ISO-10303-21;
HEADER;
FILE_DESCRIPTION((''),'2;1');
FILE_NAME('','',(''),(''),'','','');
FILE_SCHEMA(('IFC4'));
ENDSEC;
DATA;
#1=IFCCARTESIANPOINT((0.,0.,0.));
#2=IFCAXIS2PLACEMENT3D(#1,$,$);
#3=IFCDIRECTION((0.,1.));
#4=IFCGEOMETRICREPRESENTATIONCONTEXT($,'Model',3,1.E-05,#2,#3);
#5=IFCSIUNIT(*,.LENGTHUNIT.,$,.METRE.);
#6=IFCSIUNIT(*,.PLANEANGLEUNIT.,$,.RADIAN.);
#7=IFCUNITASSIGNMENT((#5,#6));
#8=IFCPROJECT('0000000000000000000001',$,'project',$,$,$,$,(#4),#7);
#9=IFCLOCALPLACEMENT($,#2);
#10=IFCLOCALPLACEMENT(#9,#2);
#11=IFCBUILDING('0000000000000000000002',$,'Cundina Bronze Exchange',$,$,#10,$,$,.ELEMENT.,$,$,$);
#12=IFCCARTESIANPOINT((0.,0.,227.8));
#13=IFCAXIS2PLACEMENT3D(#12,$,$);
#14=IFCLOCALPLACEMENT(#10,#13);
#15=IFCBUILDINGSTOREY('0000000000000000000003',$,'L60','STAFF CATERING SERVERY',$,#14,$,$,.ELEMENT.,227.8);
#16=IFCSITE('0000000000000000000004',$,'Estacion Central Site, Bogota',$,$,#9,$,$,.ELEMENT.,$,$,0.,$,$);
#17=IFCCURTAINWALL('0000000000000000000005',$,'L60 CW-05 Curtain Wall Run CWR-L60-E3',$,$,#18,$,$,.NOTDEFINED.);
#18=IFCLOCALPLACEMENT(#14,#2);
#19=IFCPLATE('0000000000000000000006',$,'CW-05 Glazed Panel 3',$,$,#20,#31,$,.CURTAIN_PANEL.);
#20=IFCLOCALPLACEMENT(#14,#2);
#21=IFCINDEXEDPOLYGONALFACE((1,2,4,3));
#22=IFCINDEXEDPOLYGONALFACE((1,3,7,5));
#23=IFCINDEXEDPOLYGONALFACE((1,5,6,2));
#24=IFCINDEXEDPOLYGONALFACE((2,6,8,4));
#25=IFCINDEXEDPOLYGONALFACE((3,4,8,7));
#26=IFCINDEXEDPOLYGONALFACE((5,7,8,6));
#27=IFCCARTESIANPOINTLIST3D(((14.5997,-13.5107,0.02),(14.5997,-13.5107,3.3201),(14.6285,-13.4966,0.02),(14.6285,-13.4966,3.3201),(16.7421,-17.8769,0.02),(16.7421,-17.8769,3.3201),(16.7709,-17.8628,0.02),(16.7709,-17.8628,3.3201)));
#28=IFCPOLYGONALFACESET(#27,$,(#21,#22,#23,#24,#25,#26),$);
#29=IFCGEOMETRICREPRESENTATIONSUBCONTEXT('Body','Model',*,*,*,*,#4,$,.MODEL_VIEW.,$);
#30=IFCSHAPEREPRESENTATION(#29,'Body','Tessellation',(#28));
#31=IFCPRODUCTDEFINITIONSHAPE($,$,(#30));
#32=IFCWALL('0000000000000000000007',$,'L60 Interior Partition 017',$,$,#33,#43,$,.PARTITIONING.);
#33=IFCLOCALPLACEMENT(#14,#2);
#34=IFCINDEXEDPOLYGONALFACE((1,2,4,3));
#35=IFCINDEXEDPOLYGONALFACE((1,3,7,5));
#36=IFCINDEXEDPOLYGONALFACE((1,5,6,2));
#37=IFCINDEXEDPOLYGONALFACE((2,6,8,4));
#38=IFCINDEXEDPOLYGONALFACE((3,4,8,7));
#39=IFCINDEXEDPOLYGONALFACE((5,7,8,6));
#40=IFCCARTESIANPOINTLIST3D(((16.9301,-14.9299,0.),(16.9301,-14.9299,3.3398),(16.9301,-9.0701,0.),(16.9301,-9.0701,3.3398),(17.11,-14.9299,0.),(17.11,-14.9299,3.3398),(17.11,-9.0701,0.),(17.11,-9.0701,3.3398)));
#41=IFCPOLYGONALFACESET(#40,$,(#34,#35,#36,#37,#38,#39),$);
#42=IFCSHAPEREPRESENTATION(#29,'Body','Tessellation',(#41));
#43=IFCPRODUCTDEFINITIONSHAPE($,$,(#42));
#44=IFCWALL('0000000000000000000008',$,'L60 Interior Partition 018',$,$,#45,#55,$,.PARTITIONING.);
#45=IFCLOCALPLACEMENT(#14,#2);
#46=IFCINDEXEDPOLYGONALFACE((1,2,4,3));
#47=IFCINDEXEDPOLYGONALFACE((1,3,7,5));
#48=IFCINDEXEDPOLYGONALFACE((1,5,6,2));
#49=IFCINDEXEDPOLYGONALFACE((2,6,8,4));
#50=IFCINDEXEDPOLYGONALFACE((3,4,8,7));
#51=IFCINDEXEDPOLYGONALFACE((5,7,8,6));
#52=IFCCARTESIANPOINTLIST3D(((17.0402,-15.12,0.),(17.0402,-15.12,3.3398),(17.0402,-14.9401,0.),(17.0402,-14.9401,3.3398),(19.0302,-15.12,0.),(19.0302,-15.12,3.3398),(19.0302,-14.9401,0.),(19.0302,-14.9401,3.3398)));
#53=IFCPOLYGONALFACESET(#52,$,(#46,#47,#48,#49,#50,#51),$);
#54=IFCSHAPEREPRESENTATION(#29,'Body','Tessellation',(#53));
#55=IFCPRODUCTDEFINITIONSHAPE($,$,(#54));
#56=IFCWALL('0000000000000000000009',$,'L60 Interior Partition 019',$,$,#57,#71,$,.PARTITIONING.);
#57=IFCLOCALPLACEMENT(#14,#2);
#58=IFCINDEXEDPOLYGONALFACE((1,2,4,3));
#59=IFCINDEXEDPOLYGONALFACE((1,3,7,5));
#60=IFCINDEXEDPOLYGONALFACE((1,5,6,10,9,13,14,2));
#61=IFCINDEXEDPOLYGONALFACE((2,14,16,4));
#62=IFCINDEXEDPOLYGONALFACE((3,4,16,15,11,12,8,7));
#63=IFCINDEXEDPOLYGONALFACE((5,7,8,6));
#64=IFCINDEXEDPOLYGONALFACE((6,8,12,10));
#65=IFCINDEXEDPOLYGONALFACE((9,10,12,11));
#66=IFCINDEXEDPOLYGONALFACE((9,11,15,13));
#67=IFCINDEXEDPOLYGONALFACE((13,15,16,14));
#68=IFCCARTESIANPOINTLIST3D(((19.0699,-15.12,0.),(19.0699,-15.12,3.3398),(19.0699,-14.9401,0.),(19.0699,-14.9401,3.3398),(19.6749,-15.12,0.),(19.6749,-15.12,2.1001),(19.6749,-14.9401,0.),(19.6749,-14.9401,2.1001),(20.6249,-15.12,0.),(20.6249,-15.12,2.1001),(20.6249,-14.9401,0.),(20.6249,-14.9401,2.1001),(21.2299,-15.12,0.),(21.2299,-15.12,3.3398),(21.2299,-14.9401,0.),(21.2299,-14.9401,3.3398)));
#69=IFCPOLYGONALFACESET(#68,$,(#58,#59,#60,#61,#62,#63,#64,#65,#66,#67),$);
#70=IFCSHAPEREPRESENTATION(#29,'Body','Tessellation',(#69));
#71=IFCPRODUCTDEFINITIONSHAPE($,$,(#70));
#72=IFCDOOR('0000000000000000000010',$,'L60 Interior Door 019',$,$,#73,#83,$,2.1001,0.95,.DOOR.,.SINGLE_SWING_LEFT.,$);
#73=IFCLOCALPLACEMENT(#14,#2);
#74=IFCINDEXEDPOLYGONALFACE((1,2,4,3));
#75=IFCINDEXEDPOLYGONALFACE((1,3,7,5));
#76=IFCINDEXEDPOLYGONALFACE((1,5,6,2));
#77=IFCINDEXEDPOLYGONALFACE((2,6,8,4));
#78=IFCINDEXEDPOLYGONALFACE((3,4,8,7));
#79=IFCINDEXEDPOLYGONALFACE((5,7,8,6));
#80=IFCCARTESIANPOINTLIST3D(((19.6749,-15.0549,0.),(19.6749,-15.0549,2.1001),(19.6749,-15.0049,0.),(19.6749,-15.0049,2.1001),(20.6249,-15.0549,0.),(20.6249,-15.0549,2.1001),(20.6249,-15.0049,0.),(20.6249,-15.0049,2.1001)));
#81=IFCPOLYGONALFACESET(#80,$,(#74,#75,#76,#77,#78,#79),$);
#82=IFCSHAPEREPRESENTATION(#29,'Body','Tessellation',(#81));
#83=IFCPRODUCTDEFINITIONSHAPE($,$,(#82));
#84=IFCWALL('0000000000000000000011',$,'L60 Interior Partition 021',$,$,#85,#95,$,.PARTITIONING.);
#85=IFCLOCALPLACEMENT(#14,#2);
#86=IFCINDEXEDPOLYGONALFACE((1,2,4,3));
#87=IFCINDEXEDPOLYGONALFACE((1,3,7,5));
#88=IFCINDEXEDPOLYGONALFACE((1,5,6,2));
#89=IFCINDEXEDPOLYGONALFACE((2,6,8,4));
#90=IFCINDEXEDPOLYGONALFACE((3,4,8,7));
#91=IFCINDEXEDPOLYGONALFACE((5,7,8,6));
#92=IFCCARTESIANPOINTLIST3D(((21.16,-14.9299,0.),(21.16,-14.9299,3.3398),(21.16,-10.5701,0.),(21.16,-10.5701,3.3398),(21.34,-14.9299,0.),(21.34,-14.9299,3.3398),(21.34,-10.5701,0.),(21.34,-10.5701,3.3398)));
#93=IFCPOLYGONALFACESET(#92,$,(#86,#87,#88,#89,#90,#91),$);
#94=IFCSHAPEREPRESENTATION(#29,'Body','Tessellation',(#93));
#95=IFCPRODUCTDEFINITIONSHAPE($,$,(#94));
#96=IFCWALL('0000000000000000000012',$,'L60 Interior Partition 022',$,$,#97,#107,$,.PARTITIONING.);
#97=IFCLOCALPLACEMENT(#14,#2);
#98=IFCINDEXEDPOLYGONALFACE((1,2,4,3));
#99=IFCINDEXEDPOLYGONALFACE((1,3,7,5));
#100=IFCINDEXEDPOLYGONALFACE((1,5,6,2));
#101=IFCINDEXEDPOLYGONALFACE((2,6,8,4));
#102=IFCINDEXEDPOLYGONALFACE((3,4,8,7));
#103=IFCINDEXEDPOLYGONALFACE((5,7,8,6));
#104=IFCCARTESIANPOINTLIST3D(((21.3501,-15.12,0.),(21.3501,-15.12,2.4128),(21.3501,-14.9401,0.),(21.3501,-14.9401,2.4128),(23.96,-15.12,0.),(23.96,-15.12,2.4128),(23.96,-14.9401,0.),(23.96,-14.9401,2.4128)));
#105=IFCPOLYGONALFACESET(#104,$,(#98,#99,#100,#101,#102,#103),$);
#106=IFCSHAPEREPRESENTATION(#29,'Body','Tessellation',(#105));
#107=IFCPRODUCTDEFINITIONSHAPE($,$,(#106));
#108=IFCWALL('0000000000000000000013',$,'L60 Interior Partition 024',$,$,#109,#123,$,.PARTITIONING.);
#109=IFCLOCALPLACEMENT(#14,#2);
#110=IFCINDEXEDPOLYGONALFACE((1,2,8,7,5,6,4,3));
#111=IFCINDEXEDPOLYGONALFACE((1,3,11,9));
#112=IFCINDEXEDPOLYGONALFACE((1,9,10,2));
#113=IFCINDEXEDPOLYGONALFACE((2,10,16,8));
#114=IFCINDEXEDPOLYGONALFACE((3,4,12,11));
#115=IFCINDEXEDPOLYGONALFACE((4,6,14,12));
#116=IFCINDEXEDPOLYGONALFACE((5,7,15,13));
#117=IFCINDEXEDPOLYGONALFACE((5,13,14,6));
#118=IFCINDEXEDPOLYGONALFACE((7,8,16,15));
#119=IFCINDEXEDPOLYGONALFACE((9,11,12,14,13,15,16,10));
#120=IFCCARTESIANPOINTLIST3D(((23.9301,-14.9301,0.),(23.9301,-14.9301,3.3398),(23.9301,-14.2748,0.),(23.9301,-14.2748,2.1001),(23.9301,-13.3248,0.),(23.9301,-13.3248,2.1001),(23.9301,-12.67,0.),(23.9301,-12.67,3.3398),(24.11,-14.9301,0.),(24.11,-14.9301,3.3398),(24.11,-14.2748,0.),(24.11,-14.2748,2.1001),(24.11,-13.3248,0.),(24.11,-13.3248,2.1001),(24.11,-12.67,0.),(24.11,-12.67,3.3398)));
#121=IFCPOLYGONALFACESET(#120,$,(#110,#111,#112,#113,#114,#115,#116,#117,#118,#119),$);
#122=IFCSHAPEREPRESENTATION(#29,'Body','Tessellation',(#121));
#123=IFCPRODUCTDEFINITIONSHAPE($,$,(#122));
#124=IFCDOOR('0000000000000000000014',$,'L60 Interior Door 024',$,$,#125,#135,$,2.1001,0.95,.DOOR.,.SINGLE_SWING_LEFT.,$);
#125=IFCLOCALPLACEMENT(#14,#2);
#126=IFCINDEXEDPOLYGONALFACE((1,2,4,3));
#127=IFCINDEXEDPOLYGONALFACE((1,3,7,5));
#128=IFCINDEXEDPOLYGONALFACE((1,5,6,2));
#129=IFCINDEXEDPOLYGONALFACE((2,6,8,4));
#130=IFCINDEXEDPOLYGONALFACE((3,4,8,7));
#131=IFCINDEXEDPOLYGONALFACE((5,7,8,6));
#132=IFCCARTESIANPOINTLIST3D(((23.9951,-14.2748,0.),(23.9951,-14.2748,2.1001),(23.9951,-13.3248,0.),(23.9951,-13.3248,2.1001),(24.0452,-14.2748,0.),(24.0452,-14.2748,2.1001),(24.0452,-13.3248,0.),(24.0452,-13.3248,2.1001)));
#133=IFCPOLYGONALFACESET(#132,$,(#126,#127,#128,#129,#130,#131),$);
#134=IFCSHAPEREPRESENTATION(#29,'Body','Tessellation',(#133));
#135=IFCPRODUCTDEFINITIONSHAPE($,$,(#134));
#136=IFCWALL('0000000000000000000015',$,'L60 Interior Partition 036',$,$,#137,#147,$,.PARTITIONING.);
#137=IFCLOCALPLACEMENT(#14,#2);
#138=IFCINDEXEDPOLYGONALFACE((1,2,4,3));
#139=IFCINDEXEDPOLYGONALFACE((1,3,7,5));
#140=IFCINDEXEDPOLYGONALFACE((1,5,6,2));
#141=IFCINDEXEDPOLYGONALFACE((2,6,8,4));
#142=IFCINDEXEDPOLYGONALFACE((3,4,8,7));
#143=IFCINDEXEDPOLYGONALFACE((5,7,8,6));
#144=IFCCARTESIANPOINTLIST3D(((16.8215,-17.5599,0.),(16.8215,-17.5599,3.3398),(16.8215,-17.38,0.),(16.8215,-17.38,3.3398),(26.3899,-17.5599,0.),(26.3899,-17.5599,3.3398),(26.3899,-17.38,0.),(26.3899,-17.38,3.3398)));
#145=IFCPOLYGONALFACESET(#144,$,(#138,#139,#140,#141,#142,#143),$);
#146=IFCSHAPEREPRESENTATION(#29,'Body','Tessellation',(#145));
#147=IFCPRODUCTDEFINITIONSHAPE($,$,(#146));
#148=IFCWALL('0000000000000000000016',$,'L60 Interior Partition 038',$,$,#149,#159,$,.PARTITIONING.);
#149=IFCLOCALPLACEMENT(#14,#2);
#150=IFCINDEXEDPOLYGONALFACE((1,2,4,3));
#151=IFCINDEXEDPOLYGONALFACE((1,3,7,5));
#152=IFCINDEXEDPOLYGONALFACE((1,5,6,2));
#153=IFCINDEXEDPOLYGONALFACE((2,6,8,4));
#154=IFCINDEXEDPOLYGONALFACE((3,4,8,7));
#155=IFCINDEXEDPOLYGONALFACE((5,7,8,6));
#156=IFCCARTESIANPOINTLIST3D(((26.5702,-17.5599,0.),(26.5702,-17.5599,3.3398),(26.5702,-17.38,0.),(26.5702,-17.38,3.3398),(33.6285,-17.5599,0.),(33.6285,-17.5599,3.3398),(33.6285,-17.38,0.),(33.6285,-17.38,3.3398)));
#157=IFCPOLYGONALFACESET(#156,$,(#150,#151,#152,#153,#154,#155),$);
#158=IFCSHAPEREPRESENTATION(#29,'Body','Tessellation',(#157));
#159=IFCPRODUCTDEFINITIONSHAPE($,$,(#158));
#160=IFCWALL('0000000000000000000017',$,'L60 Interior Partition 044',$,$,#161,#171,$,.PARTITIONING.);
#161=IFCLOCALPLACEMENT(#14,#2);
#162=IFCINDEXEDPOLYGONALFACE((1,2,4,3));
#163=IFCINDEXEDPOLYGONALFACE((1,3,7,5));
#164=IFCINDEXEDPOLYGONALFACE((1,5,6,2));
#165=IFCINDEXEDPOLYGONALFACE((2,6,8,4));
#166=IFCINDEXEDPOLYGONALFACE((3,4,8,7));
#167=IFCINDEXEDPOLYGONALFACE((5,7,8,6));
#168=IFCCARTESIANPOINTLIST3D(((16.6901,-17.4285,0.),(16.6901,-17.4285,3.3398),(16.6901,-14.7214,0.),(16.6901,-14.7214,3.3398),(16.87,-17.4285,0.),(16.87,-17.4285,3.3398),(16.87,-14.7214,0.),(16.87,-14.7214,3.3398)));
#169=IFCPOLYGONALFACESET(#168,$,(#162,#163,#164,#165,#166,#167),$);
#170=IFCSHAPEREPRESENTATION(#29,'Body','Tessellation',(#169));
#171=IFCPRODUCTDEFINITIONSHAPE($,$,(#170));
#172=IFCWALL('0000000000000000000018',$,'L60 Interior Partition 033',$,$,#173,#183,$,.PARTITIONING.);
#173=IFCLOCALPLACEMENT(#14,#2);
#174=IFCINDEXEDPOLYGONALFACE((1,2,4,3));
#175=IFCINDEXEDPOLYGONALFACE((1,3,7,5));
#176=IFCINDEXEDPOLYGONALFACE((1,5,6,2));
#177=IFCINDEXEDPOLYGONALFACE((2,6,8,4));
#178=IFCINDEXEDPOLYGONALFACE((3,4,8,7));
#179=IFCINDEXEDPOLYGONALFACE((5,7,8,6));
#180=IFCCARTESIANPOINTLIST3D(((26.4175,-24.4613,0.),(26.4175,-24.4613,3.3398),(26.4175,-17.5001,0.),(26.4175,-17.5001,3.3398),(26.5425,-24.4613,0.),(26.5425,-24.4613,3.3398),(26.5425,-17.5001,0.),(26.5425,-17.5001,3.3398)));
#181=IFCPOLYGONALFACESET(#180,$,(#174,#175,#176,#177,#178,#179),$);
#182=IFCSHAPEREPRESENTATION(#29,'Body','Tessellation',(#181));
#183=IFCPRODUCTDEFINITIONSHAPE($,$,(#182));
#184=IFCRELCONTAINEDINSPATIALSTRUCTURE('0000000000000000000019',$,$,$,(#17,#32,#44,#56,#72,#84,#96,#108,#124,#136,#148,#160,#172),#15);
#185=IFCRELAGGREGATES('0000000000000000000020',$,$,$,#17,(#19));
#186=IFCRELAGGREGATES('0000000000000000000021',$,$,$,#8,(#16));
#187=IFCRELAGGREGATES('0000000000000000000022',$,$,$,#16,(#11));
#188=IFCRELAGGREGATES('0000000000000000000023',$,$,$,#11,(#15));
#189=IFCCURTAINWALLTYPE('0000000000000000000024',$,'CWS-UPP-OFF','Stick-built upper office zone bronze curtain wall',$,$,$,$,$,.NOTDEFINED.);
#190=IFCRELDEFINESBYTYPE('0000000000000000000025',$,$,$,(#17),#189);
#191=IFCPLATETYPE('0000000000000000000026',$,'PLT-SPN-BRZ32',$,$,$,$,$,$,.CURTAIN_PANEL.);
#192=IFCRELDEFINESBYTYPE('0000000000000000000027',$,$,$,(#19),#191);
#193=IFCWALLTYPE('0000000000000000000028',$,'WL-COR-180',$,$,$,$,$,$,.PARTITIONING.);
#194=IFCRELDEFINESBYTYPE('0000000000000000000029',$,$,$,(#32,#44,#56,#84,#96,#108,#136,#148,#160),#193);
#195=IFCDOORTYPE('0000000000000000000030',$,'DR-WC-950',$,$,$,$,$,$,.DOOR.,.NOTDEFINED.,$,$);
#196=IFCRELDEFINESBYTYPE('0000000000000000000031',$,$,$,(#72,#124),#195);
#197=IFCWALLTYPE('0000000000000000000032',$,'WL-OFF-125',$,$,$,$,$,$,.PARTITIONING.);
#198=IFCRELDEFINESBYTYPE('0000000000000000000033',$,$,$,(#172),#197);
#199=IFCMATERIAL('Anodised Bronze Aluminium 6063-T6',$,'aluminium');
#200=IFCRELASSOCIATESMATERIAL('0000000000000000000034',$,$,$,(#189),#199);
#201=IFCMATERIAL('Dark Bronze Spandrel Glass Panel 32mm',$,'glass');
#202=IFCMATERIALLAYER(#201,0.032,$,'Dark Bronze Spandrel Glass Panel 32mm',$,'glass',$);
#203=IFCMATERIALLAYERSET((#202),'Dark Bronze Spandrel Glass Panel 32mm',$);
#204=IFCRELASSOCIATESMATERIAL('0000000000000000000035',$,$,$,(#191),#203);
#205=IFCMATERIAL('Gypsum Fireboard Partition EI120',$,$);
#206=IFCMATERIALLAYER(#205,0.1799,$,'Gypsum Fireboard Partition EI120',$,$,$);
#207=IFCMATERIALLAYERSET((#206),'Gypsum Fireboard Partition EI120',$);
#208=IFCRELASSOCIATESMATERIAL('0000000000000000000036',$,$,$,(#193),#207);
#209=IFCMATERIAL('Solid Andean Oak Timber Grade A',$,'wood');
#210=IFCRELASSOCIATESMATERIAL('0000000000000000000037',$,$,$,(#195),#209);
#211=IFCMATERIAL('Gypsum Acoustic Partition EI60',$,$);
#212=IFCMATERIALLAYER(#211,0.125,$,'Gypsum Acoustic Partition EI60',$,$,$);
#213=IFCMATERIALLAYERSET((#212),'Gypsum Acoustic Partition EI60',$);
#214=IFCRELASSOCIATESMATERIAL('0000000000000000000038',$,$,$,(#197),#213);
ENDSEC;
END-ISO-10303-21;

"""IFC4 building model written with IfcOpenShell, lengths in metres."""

from ifc_helpers import new_model, si_unit, direction, frame, frame_2d, origin, origin_2d, place, context, subcontext, project, spatial, rectangle, extrude, material, layer, layer_set, type_object, element, fill, aggregate, save


model = new_model("IFC4")

# Units and contexts
model_context = context("Model", 3, precision=1e-05, world=origin(), true_north=direction((0.0, 1.0)))
body_context = subcontext(model_context, "Body", "Model", "MODEL_VIEW")
ifc_project = project(units=[si_unit("LENGTHUNIT", "METRE"), si_unit("PLANEANGLEUNIT", "RADIAN")], contexts=[model_context])

# Site, building, storey
site_placement = place(None, origin())
site = spatial("IfcSite", under=ifc_project, at=site_placement, Name="Estacion Central Site, Bogota", CompositionType="ELEMENT", RefElevation=0.0)
building_placement = place(site_placement, origin())
building = spatial("IfcBuilding", under=site, at=building_placement, Name="Cundina Bronze Exchange", CompositionType="ELEMENT")
storey_placement = place(building_placement, frame((0.0, 0.0, 227.8)))
storey = spatial("IfcBuildingStorey", under=building, at=storey_placement, Name="L60", Description="STAFF CATERING SERVERY", CompositionType="ELEMENT", Elevation=227.8)

# Curtain wall, plate
ifc_material_1 = material(Name="Anodised Bronze Aluminium 6063-T6", Category="aluminium")
curtain_wall_type = type_object("IfcCurtainWallType", Name="CWS-UPP-OFF", Description="Stick-built upper office zone bronze curtain wall", PredefinedType="NOTDEFINED", material=ifc_material_1)
curtain_wall_placement = place(storey_placement, origin())
curtain_wall = element("IfcCurtainWall", 1, at=curtain_wall_placement, inside=storey, type_object=curtain_wall_type, Name="L60 CW-05 Curtain Wall Run CWR-L60-E3", PredefinedType="NOTDEFINED")
ifc_material_2 = material(Name="Dark Bronze Spandrel Glass Panel 32mm", Category="glass")
ifc_layer_1 = layer(ifc_material_2, 0.032, Name="Dark Bronze Spandrel Glass Panel 32mm", Category="glass")
ifc_layer_set_1 = layer_set([ifc_layer_1], Name="Dark Bronze Spandrel Glass Panel 32mm")
plate_type_1 = type_object("IfcPlateType", Name="PLT-SPN-BRZ32", PredefinedType="CURTAIN_PANEL", material=ifc_layer_set_1)
plate_1_placement = place(storey_placement, frame((15.6853, -15.6868, 0.02), z_axis=(0.0, 0.0, 1.0), x_axis=(0.440503, -0.897751, 0.0)))
plate_1 = element("IfcPlate", 2, at=plate_1_placement, type_object=plate_type_1, Name="CW-05 Glazed Panel 3", PredefinedType="CURTAIN_PANEL", context=body_context, shape_type="SweptSolid", body=[
    extrude(rectangle(XDim=4.8635, YDim=0.032, at=origin_2d()), origin(), (0.0, 0.0, 1.0), 3.3),
])
aggregate(curtain_wall, [plate_1])

# Walls
ifc_material_3 = material(Name="Gypsum Fireboard Partition EI120")
ifc_layer_2 = layer(ifc_material_3, 0.1799, Name="Gypsum Fireboard Partition EI120")
ifc_layer_set_2 = layer_set([ifc_layer_2], Name="Gypsum Fireboard Partition EI120")
wall_type_1 = type_object("IfcWallType", Name="WL-COR-180", PredefinedType="PARTITIONING", material=ifc_layer_set_2)
wall_1_placement = place(storey_placement, frame((17.02, -14.9299, 0.0), z_axis=(0.0, 0.0, 1.0), x_axis=(0.0, 1.0, 0.0)))
element("IfcWall", 3, at=wall_1_placement, inside=storey, type_object=wall_type_1, Name="L60 Interior Partition 017", PredefinedType="PARTITIONING", context=body_context, shape_type="SweptSolid", body=[
    extrude(rectangle(XDim=5.8599, YDim=0.1799, at=frame_2d((2.9299, 0.0))), origin(), (0.0, 0.0, 1.0), 3.3398),
])
wall_2_placement = place(storey_placement, frame((17.04, -15.03, 0.0), z_axis=(0.0, 0.0, 1.0), x_axis=(1.0, 0.0, 0.0)))
element("IfcWall", 4, at=wall_2_placement, inside=storey, type_object=wall_type_1, Name="L60 Interior Partition 018", PredefinedType="PARTITIONING", context=body_context, shape_type="SweptSolid", body=[
    extrude(rectangle(XDim=1.99, YDim=0.1799, at=frame_2d((0.9951, 0.0))), origin(), (0.0, 0.0, 1.0), 3.3398),
])

# Wall, opening, door
wall_3_placement = place(storey_placement, frame((21.23, -15.03, 0.0), z_axis=(0.0, 0.0, 1.0), x_axis=(-1.0, 0.0, 0.0)))
wall_3 = element("IfcWall", 5, at=wall_3_placement, inside=storey, type_object=wall_type_1, Name="L60 Interior Partition 019", PredefinedType="PARTITIONING", context=body_context, shape_type="SweptSolid", body=[
    extrude(rectangle(XDim=2.1599, YDim=0.1799, at=frame_2d((1.0801, 0.0))), origin(), (0.0, 0.0, 1.0), 3.3398),
])
opening_1_placement = place(wall_3_placement, frame((0.605, 0.0, 0.0)))
opening_1 = element("IfcOpeningElement", 6, at=opening_1_placement, cuts=wall_3, PredefinedType="OPENING", context=body_context, shape_type="SweptSolid", body=[
    extrude(rectangle(XDim=0.95, YDim=2.1001, at=frame_2d((0.4751, 1.05))), frame((0.0, 0.0999, 0.0), z_axis=(0.0, -1.0, 0.0), x_axis=(1.0, 0.0, 0.0)), (0.0, 0.0, 1.0), 0.2),
])
ifc_material_4 = material(Name="Solid Andean Oak Timber Grade A", Category="wood")
door_type = type_object("IfcDoorType", Name="DR-WC-950", OperationType="NOTDEFINED", PredefinedType="DOOR", material=ifc_material_4)
door_1_placement = place(opening_1_placement, origin())
door_1 = element("IfcDoor", 7, at=door_1_placement, inside=storey, type_object=door_type, Name="L60 Interior Door 019", OperationType="SINGLE_SWING_LEFT", OverallHeight=2.1001, OverallWidth=0.95, PredefinedType="DOOR", context=body_context, shape_type="SweptSolid", body=[
    extrude(rectangle(XDim=0.95, YDim=2.1001, at=frame_2d((0.4751, 1.05))), frame((0.0, 0.0249, 0.0), z_axis=(0.0, -1.0, 0.0), x_axis=(1.0, 0.0, 0.0)), (0.0, 0.0, 1.0), 0.05),
])
fill(opening_1, door_1)

# Walls
wall_4_placement = place(storey_placement, frame((21.25, -14.9299, 0.0), z_axis=(0.0, 0.0, 1.0), x_axis=(0.0, 1.0, 0.0)))
element("IfcWall", 8, at=wall_4_placement, inside=storey, type_object=wall_type_1, Name="L60 Interior Partition 021", PredefinedType="PARTITIONING", context=body_context, shape_type="SweptSolid", body=[
    extrude(rectangle(XDim=4.3599, YDim=0.1799, at=frame_2d((2.1799, 0.0))), origin(), (0.0, 0.0, 1.0), 3.3398),
])
wall_5_placement = place(storey_placement, frame((21.3501, -15.03, 0.0), z_axis=(0.0, 0.0, 1.0), x_axis=(1.0, 0.0, 0.0)))
element("IfcWall", 9, at=wall_5_placement, inside=storey, type_object=wall_type_1, Name="L60 Interior Partition 022", PredefinedType="PARTITIONING", context=body_context, shape_type="SweptSolid", body=[
    extrude(rectangle(XDim=2.6099, YDim=0.1799, at=frame_2d((1.3049, 0.0))), origin(), (0.0, 0.0, 1.0), 2.4128),
])

# Wall, opening, door
wall_6_placement = place(storey_placement, frame((24.02, -14.9299, 0.0), z_axis=(0.0, 0.0, 1.0), x_axis=(0.0, 1.0, 0.0)))
wall_6 = element("IfcWall", 10, at=wall_6_placement, inside=storey, type_object=wall_type_1, Name="L60 Interior Partition 024", PredefinedType="PARTITIONING", context=body_context, shape_type="SweptSolid", body=[
    extrude(rectangle(XDim=2.26, YDim=0.1799, at=frame_2d((1.1299, 0.0))), origin(), (0.0, 0.0, 1.0), 3.3398),
])
opening_2_placement = place(wall_6_placement, frame((0.655, 0.0, 0.0)))
opening_2 = element("IfcOpeningElement", 11, at=opening_2_placement, cuts=wall_6, PredefinedType="OPENING", context=body_context, shape_type="SweptSolid", body=[
    extrude(rectangle(XDim=0.95, YDim=2.1001, at=frame_2d((0.4751, 1.05))), frame((0.0, 0.0999, 0.0), z_axis=(0.0, -1.0, 0.0), x_axis=(1.0, 0.0, 0.0)), (0.0, 0.0, 1.0), 0.2),
])
door_2_placement = place(opening_2_placement, origin())
door_2 = element("IfcDoor", 12, at=door_2_placement, inside=storey, type_object=door_type, Name="L60 Interior Door 024", OperationType="SINGLE_SWING_LEFT", OverallHeight=2.1001, OverallWidth=0.95, PredefinedType="DOOR", context=body_context, shape_type="SweptSolid", body=[
    extrude(rectangle(XDim=0.95, YDim=2.1001, at=frame_2d((0.4751, 1.05))), frame((0.0, 0.0249, 0.0), z_axis=(0.0, -1.0, 0.0), x_axis=(1.0, 0.0, 0.0)), (0.0, 0.0, 1.0), 0.05),
])
fill(opening_2, door_2)

# Walls
wall_7_placement = place(storey_placement, frame((16.8215, -17.47, 0.0), z_axis=(0.0, 0.0, 1.0), x_axis=(1.0, 0.0, 0.0)))
element("IfcWall", 13, at=wall_7_placement, inside=storey, type_object=wall_type_1, Name="L60 Interior Partition 036", PredefinedType="PARTITIONING", context=body_context, shape_type="SweptSolid", body=[
    extrude(rectangle(XDim=9.5684, YDim=0.1799, at=frame_2d((4.7842, 0.0))), origin(), (0.0, 0.0, 1.0), 3.3398),
])
wall_8_placement = place(storey_placement, frame((26.5701, -17.47, 0.0), z_axis=(0.0, 0.0, 1.0), x_axis=(1.0, 0.0, 0.0)))
element("IfcWall", 14, at=wall_8_placement, inside=storey, type_object=wall_type_1, Name="L60 Interior Partition 038", PredefinedType="PARTITIONING", context=body_context, shape_type="SweptSolid", body=[
    extrude(rectangle(XDim=7.0583, YDim=0.1799, at=frame_2d((3.5293, 0.0))), origin(), (0.0, 0.0, 1.0), 3.3398),
])
wall_9_placement = place(storey_placement, frame((16.78, -14.7214, 0.0), z_axis=(0.0, 0.0, 1.0), x_axis=(0.0, -1.0, 0.0)))
element("IfcWall", 15, at=wall_9_placement, inside=storey, type_object=wall_type_1, Name="L60 Interior Partition 044", PredefinedType="PARTITIONING", context=body_context, shape_type="SweptSolid", body=[
    extrude(rectangle(XDim=2.707, YDim=0.1799, at=frame_2d((1.3535, 0.0))), origin(), (0.0, 0.0, 1.0), 3.3398),
])
ifc_material_5 = material(Name="Gypsum Acoustic Partition EI60")
ifc_layer_3 = layer(ifc_material_5, 0.125, Name="Gypsum Acoustic Partition EI60")
ifc_layer_set_3 = layer_set([ifc_layer_3], Name="Gypsum Acoustic Partition EI60")
wall_type_2 = type_object("IfcWallType", Name="WL-OFF-125", PredefinedType="PARTITIONING", material=ifc_layer_set_3)
wall_10_placement = place(storey_placement, frame((26.48, -24.4612, 0.0), z_axis=(0.0, 0.0, 1.0), x_axis=(0.0, 1.0, 0.0)))
element("IfcWall", 16, at=wall_10_placement, inside=storey, type_object=wall_type_2, Name="L60 Interior Partition 033", PredefinedType="PARTITIONING", context=body_context, shape_type="SweptSolid", body=[
    extrude(rectangle(XDim=6.9612, YDim=0.125, at=frame_2d((3.4805, 0.0))), origin(), (0.0, 0.0, 1.0), 3.3398),
])

save(model, "model.ifc")
